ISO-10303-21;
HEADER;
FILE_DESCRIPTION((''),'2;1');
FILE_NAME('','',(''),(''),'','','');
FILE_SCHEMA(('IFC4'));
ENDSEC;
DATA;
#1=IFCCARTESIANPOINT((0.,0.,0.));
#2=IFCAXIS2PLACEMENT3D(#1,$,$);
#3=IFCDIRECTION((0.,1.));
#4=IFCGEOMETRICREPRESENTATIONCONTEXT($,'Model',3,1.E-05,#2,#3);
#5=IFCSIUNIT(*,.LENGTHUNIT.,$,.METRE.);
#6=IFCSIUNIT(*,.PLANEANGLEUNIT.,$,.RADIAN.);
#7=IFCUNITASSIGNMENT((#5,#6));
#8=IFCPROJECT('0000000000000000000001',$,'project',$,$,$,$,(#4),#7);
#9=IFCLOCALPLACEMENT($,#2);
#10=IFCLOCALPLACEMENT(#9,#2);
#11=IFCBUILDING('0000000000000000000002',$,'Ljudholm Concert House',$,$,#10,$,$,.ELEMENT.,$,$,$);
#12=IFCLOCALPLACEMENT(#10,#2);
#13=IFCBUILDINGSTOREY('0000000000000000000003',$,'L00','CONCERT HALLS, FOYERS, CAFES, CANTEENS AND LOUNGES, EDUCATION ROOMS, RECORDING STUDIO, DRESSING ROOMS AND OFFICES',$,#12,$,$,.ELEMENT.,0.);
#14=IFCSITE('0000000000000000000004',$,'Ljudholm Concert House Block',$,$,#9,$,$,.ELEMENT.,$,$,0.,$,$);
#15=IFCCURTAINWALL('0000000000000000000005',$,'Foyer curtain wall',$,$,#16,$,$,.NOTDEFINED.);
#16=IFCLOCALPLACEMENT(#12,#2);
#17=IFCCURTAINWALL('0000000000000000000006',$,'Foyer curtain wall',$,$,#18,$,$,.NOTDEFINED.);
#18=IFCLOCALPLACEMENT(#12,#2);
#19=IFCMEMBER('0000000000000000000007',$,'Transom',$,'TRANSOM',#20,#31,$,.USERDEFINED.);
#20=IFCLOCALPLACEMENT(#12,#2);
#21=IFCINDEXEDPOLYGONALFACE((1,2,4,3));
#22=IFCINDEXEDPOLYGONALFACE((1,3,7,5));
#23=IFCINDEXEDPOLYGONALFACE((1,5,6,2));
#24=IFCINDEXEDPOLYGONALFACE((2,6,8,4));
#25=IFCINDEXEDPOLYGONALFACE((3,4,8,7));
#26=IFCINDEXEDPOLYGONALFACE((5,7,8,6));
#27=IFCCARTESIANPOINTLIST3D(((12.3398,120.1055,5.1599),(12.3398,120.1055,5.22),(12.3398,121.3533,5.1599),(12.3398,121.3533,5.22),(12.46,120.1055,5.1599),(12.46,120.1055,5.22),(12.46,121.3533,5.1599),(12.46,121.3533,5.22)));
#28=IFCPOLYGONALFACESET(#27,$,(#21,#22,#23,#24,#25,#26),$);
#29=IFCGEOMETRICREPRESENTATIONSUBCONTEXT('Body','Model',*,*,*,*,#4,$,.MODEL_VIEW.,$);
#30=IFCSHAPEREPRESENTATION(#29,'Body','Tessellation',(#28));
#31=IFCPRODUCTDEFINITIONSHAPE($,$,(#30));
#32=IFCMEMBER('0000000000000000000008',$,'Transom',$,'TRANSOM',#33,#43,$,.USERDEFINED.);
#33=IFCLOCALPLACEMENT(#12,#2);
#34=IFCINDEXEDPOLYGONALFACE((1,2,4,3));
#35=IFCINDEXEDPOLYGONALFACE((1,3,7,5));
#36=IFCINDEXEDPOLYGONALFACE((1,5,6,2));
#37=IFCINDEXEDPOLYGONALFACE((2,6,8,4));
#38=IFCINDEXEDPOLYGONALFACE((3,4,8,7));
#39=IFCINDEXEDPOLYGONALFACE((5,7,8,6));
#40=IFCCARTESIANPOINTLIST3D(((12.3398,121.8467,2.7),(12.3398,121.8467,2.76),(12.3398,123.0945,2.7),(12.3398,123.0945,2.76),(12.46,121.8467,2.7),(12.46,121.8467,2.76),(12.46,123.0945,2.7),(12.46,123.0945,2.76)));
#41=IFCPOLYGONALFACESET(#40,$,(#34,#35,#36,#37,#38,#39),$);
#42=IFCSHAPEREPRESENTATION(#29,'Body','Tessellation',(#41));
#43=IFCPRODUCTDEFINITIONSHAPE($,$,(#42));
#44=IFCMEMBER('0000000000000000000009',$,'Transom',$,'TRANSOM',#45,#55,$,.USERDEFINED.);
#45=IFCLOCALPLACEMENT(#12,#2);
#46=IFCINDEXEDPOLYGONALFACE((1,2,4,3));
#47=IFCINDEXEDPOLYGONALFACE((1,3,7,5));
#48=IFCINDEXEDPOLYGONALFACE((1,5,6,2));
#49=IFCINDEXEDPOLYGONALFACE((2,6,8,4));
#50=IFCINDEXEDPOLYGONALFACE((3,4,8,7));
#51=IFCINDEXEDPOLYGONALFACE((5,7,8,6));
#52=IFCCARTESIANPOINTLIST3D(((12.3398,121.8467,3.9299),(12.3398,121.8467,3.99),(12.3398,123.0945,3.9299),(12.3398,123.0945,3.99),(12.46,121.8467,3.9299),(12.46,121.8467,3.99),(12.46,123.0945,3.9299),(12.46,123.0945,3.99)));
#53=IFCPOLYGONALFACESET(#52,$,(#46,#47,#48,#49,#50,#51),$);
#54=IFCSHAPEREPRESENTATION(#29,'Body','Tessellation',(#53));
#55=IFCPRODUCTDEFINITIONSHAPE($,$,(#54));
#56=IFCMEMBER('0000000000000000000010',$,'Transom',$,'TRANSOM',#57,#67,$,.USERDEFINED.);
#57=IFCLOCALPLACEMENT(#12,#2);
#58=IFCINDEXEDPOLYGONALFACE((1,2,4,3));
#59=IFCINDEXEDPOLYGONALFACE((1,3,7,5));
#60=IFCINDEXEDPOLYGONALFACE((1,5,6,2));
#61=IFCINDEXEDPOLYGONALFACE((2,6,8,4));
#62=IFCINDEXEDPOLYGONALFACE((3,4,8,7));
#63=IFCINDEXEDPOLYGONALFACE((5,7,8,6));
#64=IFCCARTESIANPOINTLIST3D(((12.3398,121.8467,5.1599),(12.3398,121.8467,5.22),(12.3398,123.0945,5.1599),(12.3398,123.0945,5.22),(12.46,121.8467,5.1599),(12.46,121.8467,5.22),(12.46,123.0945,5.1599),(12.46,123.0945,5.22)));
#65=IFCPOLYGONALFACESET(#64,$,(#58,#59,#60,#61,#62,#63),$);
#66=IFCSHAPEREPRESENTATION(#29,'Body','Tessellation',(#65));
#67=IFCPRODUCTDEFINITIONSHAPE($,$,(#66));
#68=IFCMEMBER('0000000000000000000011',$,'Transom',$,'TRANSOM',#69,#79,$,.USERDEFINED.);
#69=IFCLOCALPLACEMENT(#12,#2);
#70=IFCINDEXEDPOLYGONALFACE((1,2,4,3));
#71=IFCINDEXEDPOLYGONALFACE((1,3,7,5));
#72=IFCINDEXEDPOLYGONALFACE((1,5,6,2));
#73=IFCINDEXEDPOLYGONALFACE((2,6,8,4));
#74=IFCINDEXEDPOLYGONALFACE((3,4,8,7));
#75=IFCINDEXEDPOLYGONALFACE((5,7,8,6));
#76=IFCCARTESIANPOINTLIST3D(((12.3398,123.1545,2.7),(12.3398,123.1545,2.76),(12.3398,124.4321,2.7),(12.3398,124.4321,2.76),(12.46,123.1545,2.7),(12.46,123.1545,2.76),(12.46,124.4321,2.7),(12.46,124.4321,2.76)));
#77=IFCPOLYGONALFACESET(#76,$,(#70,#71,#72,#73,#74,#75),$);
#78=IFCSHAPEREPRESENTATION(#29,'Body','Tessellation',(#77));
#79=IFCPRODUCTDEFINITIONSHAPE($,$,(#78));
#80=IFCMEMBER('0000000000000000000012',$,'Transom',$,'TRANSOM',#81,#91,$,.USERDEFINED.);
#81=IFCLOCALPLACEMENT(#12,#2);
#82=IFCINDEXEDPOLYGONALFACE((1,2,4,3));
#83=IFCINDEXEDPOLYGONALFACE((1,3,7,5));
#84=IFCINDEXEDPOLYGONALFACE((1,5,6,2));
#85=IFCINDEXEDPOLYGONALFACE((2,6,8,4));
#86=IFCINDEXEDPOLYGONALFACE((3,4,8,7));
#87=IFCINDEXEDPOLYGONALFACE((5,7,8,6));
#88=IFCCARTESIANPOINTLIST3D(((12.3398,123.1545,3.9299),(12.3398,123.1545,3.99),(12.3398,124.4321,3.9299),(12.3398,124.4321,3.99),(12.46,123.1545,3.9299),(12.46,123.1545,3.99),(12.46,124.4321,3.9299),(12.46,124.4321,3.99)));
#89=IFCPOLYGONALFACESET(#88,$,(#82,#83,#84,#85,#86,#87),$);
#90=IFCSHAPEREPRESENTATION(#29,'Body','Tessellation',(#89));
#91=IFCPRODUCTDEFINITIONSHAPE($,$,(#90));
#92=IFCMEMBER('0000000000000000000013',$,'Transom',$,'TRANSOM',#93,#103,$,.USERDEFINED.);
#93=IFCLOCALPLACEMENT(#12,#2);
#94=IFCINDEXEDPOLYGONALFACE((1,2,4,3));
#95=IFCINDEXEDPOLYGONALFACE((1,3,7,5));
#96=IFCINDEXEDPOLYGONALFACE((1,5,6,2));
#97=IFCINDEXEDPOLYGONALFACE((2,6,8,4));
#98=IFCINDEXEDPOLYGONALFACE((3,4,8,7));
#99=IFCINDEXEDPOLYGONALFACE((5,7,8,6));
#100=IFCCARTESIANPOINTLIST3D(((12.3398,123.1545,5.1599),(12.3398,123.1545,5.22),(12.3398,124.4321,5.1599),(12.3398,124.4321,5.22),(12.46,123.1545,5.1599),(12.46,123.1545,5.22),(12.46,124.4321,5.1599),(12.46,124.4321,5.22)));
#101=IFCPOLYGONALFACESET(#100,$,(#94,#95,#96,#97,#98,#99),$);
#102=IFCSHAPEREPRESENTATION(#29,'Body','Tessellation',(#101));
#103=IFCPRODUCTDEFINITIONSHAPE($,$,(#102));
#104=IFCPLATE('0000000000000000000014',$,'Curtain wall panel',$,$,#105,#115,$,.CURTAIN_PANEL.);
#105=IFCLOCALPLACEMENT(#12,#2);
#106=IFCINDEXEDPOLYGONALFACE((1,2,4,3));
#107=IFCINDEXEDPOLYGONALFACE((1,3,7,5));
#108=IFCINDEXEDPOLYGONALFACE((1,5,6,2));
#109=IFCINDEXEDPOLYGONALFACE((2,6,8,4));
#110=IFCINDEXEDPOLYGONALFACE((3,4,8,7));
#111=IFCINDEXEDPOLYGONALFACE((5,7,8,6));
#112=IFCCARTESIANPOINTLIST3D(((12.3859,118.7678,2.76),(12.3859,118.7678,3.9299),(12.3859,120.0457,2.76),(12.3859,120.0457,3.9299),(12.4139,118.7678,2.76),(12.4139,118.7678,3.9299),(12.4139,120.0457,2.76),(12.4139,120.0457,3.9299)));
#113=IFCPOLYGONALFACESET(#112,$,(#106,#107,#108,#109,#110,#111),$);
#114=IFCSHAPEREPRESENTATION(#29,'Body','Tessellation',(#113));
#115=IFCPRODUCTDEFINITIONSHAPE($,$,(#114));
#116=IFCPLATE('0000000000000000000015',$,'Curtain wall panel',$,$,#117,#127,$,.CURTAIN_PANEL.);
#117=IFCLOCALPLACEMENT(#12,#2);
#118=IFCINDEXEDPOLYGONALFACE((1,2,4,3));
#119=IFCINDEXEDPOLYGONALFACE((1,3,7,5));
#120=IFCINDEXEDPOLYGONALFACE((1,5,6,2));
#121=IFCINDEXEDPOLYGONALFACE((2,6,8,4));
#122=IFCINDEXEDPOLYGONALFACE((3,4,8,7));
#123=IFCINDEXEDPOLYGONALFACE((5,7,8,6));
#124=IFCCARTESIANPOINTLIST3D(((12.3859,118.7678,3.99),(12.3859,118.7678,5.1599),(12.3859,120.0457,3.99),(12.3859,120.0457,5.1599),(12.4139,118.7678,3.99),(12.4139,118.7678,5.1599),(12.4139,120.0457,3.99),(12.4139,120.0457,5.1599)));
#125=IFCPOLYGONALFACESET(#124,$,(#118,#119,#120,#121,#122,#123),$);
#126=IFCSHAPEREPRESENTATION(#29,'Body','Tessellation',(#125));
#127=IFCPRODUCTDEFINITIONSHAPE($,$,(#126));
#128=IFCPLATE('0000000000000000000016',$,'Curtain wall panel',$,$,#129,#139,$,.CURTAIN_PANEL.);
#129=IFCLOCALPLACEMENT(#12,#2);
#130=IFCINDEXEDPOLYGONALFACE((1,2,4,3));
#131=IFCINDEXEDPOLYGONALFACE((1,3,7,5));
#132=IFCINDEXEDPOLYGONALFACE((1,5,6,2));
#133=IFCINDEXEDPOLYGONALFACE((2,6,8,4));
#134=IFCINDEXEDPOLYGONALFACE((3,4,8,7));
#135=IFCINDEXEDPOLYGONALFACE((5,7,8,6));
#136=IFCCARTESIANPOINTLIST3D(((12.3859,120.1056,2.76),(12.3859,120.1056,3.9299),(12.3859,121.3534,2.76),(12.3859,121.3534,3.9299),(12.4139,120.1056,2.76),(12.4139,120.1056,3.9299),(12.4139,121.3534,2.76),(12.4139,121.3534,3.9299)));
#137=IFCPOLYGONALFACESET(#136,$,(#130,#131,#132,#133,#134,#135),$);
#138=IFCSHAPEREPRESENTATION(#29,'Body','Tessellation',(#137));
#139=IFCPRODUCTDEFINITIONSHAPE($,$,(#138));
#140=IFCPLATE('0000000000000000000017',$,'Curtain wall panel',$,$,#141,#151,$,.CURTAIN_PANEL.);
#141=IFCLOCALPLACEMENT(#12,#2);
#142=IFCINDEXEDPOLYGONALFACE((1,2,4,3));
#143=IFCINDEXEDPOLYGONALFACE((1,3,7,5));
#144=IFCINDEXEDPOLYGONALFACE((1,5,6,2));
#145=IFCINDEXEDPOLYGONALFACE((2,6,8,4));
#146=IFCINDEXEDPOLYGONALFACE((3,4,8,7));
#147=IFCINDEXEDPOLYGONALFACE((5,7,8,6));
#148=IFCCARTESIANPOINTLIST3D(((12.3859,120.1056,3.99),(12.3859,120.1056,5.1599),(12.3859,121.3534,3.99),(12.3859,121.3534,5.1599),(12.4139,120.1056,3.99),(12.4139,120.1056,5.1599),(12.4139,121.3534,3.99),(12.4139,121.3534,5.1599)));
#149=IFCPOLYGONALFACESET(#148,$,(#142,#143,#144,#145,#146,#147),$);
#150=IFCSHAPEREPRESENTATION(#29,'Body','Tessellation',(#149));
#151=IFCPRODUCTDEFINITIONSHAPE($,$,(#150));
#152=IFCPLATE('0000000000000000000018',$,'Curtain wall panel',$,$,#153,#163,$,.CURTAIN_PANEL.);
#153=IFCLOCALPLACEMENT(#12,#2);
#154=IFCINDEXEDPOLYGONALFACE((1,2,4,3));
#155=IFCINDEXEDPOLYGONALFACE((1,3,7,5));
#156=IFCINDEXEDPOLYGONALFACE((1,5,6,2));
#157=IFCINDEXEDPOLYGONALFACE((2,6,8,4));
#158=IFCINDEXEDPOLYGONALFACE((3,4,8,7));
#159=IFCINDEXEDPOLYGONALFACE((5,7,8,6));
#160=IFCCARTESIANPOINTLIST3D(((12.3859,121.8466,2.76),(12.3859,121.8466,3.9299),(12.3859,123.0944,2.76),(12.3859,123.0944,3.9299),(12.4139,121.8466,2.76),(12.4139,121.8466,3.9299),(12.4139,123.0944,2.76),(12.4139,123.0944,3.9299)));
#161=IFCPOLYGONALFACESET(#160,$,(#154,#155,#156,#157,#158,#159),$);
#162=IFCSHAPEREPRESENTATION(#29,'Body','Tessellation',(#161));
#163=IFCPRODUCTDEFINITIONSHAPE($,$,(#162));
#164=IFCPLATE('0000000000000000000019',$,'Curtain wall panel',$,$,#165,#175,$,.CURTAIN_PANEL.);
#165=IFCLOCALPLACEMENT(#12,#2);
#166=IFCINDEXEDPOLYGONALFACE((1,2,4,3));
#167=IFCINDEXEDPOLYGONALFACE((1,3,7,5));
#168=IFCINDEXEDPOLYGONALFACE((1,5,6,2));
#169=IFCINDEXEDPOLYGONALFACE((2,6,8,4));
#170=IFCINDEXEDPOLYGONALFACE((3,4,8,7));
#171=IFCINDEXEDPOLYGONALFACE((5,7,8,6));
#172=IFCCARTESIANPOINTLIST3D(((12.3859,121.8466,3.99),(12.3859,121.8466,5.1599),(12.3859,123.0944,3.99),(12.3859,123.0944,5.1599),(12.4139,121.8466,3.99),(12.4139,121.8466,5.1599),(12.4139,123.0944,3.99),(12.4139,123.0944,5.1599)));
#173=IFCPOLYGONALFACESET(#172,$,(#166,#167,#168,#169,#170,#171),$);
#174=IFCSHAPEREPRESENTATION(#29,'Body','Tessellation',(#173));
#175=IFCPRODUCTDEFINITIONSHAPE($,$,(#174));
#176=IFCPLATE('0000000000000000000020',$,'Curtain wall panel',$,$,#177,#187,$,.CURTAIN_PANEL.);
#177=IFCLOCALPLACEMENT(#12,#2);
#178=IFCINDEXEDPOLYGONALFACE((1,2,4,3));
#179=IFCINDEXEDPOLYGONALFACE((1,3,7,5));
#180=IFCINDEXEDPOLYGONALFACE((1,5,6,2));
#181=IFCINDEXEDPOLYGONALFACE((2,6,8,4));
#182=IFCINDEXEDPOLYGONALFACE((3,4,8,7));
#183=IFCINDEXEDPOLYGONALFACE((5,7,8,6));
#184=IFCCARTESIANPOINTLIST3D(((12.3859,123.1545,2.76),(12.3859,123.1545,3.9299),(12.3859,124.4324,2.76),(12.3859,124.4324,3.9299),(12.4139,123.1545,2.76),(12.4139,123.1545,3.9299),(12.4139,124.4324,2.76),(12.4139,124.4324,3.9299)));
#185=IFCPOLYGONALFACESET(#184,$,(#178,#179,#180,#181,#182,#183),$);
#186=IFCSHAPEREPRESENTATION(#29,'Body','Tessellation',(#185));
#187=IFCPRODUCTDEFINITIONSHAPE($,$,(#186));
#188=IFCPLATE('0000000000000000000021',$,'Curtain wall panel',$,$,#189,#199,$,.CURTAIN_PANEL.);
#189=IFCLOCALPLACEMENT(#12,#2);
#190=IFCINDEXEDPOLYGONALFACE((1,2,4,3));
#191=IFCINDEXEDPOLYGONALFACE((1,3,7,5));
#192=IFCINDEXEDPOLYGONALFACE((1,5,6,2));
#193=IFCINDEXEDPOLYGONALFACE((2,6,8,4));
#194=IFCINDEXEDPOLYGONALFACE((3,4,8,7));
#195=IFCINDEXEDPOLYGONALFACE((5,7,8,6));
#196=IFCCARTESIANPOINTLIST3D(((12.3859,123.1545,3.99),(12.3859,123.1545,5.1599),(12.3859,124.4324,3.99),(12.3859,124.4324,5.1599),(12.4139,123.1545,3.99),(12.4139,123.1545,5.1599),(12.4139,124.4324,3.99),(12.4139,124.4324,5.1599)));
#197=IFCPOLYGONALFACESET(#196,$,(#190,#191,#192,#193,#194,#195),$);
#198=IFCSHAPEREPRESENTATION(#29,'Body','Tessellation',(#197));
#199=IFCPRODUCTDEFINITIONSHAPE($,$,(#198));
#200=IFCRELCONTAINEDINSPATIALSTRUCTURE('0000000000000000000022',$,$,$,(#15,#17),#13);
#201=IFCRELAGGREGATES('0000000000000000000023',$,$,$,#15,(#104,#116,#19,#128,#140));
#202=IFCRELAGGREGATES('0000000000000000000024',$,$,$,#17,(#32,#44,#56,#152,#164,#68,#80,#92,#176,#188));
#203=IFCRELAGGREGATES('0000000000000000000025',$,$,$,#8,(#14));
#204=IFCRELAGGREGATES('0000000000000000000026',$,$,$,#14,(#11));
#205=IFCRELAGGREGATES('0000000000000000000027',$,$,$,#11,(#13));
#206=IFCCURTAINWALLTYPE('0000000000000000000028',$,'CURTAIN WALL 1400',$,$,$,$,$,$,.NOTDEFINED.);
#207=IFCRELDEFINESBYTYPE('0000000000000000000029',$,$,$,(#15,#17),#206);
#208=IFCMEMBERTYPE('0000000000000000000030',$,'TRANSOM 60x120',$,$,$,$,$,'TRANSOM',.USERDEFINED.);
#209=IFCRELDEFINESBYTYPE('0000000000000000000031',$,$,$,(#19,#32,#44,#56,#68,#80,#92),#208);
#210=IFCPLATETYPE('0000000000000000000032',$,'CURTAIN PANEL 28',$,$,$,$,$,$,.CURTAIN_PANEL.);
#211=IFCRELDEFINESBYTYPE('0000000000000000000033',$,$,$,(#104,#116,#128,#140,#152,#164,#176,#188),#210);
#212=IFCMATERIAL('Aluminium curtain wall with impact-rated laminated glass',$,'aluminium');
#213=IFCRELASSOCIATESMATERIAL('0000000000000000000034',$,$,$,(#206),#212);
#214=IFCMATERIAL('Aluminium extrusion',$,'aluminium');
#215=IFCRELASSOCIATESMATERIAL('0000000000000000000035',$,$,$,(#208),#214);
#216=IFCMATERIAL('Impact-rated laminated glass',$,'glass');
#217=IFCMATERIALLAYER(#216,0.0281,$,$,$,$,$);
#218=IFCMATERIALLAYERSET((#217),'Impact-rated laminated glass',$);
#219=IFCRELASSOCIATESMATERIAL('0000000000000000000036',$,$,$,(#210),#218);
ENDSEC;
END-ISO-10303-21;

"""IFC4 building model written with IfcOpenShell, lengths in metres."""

from ifc_helpers import new_model, si_unit, direction, frame, origin, origin_2d, place, context, subcontext, project, spatial, rectangle, extrude, material, layer, layer_set, material_profile, profile_set, type_object, element, aggregate, save


model = new_model("IFC4")

# Units and contexts
model_context = context("Model", 3, precision=1e-05, world=origin(), true_north=direction((0.0, 1.0)))
body_context = subcontext(model_context, "Body", "Model", "MODEL_VIEW")
ifc_project = project(units=[si_unit("LENGTHUNIT", "METRE"), si_unit("PLANEANGLEUNIT", "RADIAN")], contexts=[model_context])

# Site, building, storey
site_placement = place(None, origin())
site = spatial("IfcSite", under=ifc_project, at=site_placement, Name="Ljudholm Concert House Block", CompositionType="ELEMENT", RefElevation=0.0)
building_placement = place(site_placement, origin())
building = spatial("IfcBuilding", under=site, at=building_placement, Name="Ljudholm Concert House", CompositionType="ELEMENT")
storey_placement = place(building_placement, origin())
storey = spatial("IfcBuildingStorey", under=building, at=storey_placement, Name="L00", Description="CONCERT HALLS, FOYERS, CAFES, CANTEENS AND LOUNGES, EDUCATION ROOMS, RECORDING STUDIO, DRESSING ROOMS AND OFFICES", CompositionType="ELEMENT", Elevation=0.0)

# Curtain walls
ifc_material_1 = material(Name="Aluminium curtain wall with impact-rated laminated glass", Category="aluminium")
curtain_wall_type = type_object("IfcCurtainWallType", Name="CURTAIN WALL 1400", PredefinedType="NOTDEFINED", material=ifc_material_1)
curtain_wall_1_placement = place(storey_placement, origin())
curtain_wall_1 = element("IfcCurtainWall", 1, at=curtain_wall_1_placement, inside=storey, type_object=curtain_wall_type, Name="Foyer curtain wall", PredefinedType="NOTDEFINED")
curtain_wall_2_placement = place(storey_placement, origin())
curtain_wall_2 = element("IfcCurtainWall", 2, at=curtain_wall_2_placement, inside=storey, type_object=curtain_wall_type, Name="Foyer curtain wall", PredefinedType="NOTDEFINED")

# Members
ifc_material_2 = material(Name="Aluminium extrusion", Category="aluminium")
ifc_material_profile_1 = material_profile(ifc_material_2, rectangle(XDim=0.1201, YDim=0.0601, at=origin_2d()), Name="TRANSOM 60x120")
ifc_profile_set_1 = profile_set([ifc_material_profile_1], Name="Aluminium extrusion")
member_type_1 = type_object("IfcMemberType", Name="TRANSOM 60x120", ElementType="TRANSOM", PredefinedType="USERDEFINED", material=ifc_profile_set_1)
member_1_placement = place(storey_placement, frame((12.3999, 120.1055, 5.1899), z_axis=(0.0, 1.0, 0.0), x_axis=(-1.0, 0.0, 0.0)))
member_1 = element("IfcMember", 3, at=member_1_placement, type_object=member_type_1, Name="Transom", ObjectType="TRANSOM", PredefinedType="USERDEFINED", context=body_context, shape_type="SweptSolid", body=[
    extrude(rectangle(XDim=0.1201, YDim=0.0601, at=origin_2d()), origin(), (0.0, 0.0, 1.0), 1.2478),
])
member_2_placement = place(storey_placement, frame((12.3999, 121.8467, 2.73), z_axis=(0.0, 1.0, 0.0), x_axis=(-1.0, 0.0, 0.0)))
member_2 = element("IfcMember", 4, at=member_2_placement, type_object=member_type_1, Name="Transom", ObjectType="TRANSOM", PredefinedType="USERDEFINED", context=body_context, shape_type="SweptSolid", body=[
    extrude(rectangle(XDim=0.1201, YDim=0.0601, at=origin_2d()), origin(), (0.0, 0.0, 1.0), 1.2478),
])
member_3_placement = place(storey_placement, frame((12.3999, 121.8467, 3.96), z_axis=(0.0, 1.0, 0.0), x_axis=(-1.0, 0.0, 0.0)))
member_3 = element("IfcMember", 5, at=member_3_placement, type_object=member_type_1, Name="Transom", ObjectType="TRANSOM", PredefinedType="USERDEFINED", context=body_context, shape_type="SweptSolid", body=[
    extrude(rectangle(XDim=0.1201, YDim=0.0601, at=origin_2d()), origin(), (0.0, 0.0, 1.0), 1.2478),
])
member_4_placement = place(storey_placement, frame((12.3999, 121.8467, 5.1899), z_axis=(0.0, 1.0, 0.0), x_axis=(-1.0, 0.0, 0.0)))
member_4 = element("IfcMember", 6, at=member_4_placement, type_object=member_type_1, Name="Transom", ObjectType="TRANSOM", PredefinedType="USERDEFINED", context=body_context, shape_type="SweptSolid", body=[
    extrude(rectangle(XDim=0.1201, YDim=0.0601, at=origin_2d()), origin(), (0.0, 0.0, 1.0), 1.2478),
])
member_5_placement = place(storey_placement, frame((12.3999, 123.1545, 2.73), z_axis=(0.0, 1.0, 0.0), x_axis=(-1.0, 0.0, 0.0)))
member_5 = element("IfcMember", 7, at=member_5_placement, type_object=member_type_1, Name="Transom", ObjectType="TRANSOM", PredefinedType="USERDEFINED", context=body_context, shape_type="SweptSolid", body=[
    extrude(rectangle(XDim=0.1201, YDim=0.0601, at=origin_2d()), origin(), (0.0, 0.0, 1.0), 1.2776),
])
member_6_placement = place(storey_placement, frame((12.3999, 123.1545, 3.96), z_axis=(0.0, 1.0, 0.0), x_axis=(-1.0, 0.0, 0.0)))
member_6 = element("IfcMember", 8, at=member_6_placement, type_object=member_type_1, Name="Transom", ObjectType="TRANSOM", PredefinedType="USERDEFINED", context=body_context, shape_type="SweptSolid", body=[
    extrude(rectangle(XDim=0.1201, YDim=0.0601, at=origin_2d()), origin(), (0.0, 0.0, 1.0), 1.2776),
])
member_7_placement = place(storey_placement, frame((12.3999, 123.1545, 5.1899), z_axis=(0.0, 1.0, 0.0), x_axis=(-1.0, 0.0, 0.0)))
member_7 = element("IfcMember", 9, at=member_7_placement, type_object=member_type_1, Name="Transom", ObjectType="TRANSOM", PredefinedType="USERDEFINED", context=body_context, shape_type="SweptSolid", body=[
    extrude(rectangle(XDim=0.1201, YDim=0.0601, at=origin_2d()), origin(), (0.0, 0.0, 1.0), 1.2776),
])

# Plates
ifc_material_3 = material(Name="Impact-rated laminated glass", Category="glass")
ifc_layer_1 = layer(ifc_material_3, 0.0281)
ifc_layer_set_1 = layer_set([ifc_layer_1], Name="Impact-rated laminated glass")
plate_type = type_object("IfcPlateType", Name="CURTAIN PANEL 28", PredefinedType="CURTAIN_PANEL", material=ifc_layer_set_1)
plate_1_placement = place(storey_placement, frame((12.3999, 119.4067, 2.76), z_axis=(0.0, 0.0, 1.0), x_axis=(0.0, 1.0, 0.0)))
plate_1 = element("IfcPlate", 10, at=plate_1_placement, type_object=plate_type, Name="Curtain wall panel", PredefinedType="CURTAIN_PANEL", context=body_context, shape_type="SweptSolid", body=[
    extrude(rectangle(XDim=1.2778, YDim=0.0281, at=origin_2d()), origin(), (0.0, 0.0, 1.0), 1.1699),
])
plate_2_placement = place(storey_placement, frame((12.3999, 119.4067, 3.99), z_axis=(0.0, 0.0, 1.0), x_axis=(0.0, 1.0, 0.0)))
plate_2 = element("IfcPlate", 11, at=plate_2_placement, type_object=plate_type, Name="Curtain wall panel", PredefinedType="CURTAIN_PANEL", context=body_context, shape_type="SweptSolid", body=[
    extrude(rectangle(XDim=1.2778, YDim=0.0281, at=origin_2d()), origin(), (0.0, 0.0, 1.0), 1.1699),
])
plate_3_placement = place(storey_placement, frame((12.3999, 120.7295, 2.76), z_axis=(0.0, 0.0, 1.0), x_axis=(0.0, 1.0, 0.0)))
plate_3 = element("IfcPlate", 12, at=plate_3_placement, type_object=plate_type, Name="Curtain wall panel", PredefinedType="CURTAIN_PANEL", context=body_context, shape_type="SweptSolid", body=[
    extrude(rectangle(XDim=1.2478, YDim=0.0281, at=origin_2d()), origin(), (0.0, 0.0, 1.0), 1.1699),
])
plate_4_placement = place(storey_placement, frame((12.3999, 120.7295, 3.99), z_axis=(0.0, 0.0, 1.0), x_axis=(0.0, 1.0, 0.0)))
plate_4 = element("IfcPlate", 13, at=plate_4_placement, type_object=plate_type, Name="Curtain wall panel", PredefinedType="CURTAIN_PANEL", context=body_context, shape_type="SweptSolid", body=[
    extrude(rectangle(XDim=1.2478, YDim=0.0281, at=origin_2d()), origin(), (0.0, 0.0, 1.0), 1.1699),
])
aggregate(curtain_wall_1, [plate_1, plate_2, member_1, plate_3, plate_4])
plate_5_placement = place(storey_placement, frame((12.3999, 122.4705, 2.76), z_axis=(0.0, 0.0, 1.0), x_axis=(0.0, 1.0, 0.0)))
plate_5 = element("IfcPlate", 14, at=plate_5_placement, type_object=plate_type, Name="Curtain wall panel", PredefinedType="CURTAIN_PANEL", context=body_context, shape_type="SweptSolid", body=[
    extrude(rectangle(XDim=1.2478, YDim=0.0281, at=origin_2d()), origin(), (0.0, 0.0, 1.0), 1.1699),
])
plate_6_placement = place(storey_placement, frame((12.3999, 122.4705, 3.99), z_axis=(0.0, 0.0, 1.0), x_axis=(0.0, 1.0, 0.0)))
plate_6 = element("IfcPlate", 15, at=plate_6_placement, type_object=plate_type, Name="Curtain wall panel", PredefinedType="CURTAIN_PANEL", context=body_context, shape_type="SweptSolid", body=[
    extrude(rectangle(XDim=1.2478, YDim=0.0281, at=origin_2d()), origin(), (0.0, 0.0, 1.0), 1.1699),
])
plate_7_placement = place(storey_placement, frame((12.3999, 123.7935, 2.76), z_axis=(0.0, 0.0, 1.0), x_axis=(0.0, 1.0, 0.0)))
plate_7 = element("IfcPlate", 16, at=plate_7_placement, type_object=plate_type, Name="Curtain wall panel", PredefinedType="CURTAIN_PANEL", context=body_context, shape_type="SweptSolid", body=[
    extrude(rectangle(XDim=1.2778, YDim=0.0281, at=origin_2d()), origin(), (0.0, 0.0, 1.0), 1.1699),
])
plate_8_placement = place(storey_placement, frame((12.3999, 123.7935, 3.99), z_axis=(0.0, 0.0, 1.0), x_axis=(0.0, 1.0, 0.0)))
plate_8 = element("IfcPlate", 17, at=plate_8_placement, type_object=plate_type, Name="Curtain wall panel", PredefinedType="CURTAIN_PANEL", context=body_context, shape_type="SweptSolid", body=[
    extrude(rectangle(XDim=1.2778, YDim=0.0281, at=origin_2d()), origin(), (0.0, 0.0, 1.0), 1.1699),
])
aggregate(curtain_wall_2, [member_2, member_3, member_4, plate_5, plate_6, member_5, member_6, member_7, plate_7, plate_8])

save(model, "model.ifc")
